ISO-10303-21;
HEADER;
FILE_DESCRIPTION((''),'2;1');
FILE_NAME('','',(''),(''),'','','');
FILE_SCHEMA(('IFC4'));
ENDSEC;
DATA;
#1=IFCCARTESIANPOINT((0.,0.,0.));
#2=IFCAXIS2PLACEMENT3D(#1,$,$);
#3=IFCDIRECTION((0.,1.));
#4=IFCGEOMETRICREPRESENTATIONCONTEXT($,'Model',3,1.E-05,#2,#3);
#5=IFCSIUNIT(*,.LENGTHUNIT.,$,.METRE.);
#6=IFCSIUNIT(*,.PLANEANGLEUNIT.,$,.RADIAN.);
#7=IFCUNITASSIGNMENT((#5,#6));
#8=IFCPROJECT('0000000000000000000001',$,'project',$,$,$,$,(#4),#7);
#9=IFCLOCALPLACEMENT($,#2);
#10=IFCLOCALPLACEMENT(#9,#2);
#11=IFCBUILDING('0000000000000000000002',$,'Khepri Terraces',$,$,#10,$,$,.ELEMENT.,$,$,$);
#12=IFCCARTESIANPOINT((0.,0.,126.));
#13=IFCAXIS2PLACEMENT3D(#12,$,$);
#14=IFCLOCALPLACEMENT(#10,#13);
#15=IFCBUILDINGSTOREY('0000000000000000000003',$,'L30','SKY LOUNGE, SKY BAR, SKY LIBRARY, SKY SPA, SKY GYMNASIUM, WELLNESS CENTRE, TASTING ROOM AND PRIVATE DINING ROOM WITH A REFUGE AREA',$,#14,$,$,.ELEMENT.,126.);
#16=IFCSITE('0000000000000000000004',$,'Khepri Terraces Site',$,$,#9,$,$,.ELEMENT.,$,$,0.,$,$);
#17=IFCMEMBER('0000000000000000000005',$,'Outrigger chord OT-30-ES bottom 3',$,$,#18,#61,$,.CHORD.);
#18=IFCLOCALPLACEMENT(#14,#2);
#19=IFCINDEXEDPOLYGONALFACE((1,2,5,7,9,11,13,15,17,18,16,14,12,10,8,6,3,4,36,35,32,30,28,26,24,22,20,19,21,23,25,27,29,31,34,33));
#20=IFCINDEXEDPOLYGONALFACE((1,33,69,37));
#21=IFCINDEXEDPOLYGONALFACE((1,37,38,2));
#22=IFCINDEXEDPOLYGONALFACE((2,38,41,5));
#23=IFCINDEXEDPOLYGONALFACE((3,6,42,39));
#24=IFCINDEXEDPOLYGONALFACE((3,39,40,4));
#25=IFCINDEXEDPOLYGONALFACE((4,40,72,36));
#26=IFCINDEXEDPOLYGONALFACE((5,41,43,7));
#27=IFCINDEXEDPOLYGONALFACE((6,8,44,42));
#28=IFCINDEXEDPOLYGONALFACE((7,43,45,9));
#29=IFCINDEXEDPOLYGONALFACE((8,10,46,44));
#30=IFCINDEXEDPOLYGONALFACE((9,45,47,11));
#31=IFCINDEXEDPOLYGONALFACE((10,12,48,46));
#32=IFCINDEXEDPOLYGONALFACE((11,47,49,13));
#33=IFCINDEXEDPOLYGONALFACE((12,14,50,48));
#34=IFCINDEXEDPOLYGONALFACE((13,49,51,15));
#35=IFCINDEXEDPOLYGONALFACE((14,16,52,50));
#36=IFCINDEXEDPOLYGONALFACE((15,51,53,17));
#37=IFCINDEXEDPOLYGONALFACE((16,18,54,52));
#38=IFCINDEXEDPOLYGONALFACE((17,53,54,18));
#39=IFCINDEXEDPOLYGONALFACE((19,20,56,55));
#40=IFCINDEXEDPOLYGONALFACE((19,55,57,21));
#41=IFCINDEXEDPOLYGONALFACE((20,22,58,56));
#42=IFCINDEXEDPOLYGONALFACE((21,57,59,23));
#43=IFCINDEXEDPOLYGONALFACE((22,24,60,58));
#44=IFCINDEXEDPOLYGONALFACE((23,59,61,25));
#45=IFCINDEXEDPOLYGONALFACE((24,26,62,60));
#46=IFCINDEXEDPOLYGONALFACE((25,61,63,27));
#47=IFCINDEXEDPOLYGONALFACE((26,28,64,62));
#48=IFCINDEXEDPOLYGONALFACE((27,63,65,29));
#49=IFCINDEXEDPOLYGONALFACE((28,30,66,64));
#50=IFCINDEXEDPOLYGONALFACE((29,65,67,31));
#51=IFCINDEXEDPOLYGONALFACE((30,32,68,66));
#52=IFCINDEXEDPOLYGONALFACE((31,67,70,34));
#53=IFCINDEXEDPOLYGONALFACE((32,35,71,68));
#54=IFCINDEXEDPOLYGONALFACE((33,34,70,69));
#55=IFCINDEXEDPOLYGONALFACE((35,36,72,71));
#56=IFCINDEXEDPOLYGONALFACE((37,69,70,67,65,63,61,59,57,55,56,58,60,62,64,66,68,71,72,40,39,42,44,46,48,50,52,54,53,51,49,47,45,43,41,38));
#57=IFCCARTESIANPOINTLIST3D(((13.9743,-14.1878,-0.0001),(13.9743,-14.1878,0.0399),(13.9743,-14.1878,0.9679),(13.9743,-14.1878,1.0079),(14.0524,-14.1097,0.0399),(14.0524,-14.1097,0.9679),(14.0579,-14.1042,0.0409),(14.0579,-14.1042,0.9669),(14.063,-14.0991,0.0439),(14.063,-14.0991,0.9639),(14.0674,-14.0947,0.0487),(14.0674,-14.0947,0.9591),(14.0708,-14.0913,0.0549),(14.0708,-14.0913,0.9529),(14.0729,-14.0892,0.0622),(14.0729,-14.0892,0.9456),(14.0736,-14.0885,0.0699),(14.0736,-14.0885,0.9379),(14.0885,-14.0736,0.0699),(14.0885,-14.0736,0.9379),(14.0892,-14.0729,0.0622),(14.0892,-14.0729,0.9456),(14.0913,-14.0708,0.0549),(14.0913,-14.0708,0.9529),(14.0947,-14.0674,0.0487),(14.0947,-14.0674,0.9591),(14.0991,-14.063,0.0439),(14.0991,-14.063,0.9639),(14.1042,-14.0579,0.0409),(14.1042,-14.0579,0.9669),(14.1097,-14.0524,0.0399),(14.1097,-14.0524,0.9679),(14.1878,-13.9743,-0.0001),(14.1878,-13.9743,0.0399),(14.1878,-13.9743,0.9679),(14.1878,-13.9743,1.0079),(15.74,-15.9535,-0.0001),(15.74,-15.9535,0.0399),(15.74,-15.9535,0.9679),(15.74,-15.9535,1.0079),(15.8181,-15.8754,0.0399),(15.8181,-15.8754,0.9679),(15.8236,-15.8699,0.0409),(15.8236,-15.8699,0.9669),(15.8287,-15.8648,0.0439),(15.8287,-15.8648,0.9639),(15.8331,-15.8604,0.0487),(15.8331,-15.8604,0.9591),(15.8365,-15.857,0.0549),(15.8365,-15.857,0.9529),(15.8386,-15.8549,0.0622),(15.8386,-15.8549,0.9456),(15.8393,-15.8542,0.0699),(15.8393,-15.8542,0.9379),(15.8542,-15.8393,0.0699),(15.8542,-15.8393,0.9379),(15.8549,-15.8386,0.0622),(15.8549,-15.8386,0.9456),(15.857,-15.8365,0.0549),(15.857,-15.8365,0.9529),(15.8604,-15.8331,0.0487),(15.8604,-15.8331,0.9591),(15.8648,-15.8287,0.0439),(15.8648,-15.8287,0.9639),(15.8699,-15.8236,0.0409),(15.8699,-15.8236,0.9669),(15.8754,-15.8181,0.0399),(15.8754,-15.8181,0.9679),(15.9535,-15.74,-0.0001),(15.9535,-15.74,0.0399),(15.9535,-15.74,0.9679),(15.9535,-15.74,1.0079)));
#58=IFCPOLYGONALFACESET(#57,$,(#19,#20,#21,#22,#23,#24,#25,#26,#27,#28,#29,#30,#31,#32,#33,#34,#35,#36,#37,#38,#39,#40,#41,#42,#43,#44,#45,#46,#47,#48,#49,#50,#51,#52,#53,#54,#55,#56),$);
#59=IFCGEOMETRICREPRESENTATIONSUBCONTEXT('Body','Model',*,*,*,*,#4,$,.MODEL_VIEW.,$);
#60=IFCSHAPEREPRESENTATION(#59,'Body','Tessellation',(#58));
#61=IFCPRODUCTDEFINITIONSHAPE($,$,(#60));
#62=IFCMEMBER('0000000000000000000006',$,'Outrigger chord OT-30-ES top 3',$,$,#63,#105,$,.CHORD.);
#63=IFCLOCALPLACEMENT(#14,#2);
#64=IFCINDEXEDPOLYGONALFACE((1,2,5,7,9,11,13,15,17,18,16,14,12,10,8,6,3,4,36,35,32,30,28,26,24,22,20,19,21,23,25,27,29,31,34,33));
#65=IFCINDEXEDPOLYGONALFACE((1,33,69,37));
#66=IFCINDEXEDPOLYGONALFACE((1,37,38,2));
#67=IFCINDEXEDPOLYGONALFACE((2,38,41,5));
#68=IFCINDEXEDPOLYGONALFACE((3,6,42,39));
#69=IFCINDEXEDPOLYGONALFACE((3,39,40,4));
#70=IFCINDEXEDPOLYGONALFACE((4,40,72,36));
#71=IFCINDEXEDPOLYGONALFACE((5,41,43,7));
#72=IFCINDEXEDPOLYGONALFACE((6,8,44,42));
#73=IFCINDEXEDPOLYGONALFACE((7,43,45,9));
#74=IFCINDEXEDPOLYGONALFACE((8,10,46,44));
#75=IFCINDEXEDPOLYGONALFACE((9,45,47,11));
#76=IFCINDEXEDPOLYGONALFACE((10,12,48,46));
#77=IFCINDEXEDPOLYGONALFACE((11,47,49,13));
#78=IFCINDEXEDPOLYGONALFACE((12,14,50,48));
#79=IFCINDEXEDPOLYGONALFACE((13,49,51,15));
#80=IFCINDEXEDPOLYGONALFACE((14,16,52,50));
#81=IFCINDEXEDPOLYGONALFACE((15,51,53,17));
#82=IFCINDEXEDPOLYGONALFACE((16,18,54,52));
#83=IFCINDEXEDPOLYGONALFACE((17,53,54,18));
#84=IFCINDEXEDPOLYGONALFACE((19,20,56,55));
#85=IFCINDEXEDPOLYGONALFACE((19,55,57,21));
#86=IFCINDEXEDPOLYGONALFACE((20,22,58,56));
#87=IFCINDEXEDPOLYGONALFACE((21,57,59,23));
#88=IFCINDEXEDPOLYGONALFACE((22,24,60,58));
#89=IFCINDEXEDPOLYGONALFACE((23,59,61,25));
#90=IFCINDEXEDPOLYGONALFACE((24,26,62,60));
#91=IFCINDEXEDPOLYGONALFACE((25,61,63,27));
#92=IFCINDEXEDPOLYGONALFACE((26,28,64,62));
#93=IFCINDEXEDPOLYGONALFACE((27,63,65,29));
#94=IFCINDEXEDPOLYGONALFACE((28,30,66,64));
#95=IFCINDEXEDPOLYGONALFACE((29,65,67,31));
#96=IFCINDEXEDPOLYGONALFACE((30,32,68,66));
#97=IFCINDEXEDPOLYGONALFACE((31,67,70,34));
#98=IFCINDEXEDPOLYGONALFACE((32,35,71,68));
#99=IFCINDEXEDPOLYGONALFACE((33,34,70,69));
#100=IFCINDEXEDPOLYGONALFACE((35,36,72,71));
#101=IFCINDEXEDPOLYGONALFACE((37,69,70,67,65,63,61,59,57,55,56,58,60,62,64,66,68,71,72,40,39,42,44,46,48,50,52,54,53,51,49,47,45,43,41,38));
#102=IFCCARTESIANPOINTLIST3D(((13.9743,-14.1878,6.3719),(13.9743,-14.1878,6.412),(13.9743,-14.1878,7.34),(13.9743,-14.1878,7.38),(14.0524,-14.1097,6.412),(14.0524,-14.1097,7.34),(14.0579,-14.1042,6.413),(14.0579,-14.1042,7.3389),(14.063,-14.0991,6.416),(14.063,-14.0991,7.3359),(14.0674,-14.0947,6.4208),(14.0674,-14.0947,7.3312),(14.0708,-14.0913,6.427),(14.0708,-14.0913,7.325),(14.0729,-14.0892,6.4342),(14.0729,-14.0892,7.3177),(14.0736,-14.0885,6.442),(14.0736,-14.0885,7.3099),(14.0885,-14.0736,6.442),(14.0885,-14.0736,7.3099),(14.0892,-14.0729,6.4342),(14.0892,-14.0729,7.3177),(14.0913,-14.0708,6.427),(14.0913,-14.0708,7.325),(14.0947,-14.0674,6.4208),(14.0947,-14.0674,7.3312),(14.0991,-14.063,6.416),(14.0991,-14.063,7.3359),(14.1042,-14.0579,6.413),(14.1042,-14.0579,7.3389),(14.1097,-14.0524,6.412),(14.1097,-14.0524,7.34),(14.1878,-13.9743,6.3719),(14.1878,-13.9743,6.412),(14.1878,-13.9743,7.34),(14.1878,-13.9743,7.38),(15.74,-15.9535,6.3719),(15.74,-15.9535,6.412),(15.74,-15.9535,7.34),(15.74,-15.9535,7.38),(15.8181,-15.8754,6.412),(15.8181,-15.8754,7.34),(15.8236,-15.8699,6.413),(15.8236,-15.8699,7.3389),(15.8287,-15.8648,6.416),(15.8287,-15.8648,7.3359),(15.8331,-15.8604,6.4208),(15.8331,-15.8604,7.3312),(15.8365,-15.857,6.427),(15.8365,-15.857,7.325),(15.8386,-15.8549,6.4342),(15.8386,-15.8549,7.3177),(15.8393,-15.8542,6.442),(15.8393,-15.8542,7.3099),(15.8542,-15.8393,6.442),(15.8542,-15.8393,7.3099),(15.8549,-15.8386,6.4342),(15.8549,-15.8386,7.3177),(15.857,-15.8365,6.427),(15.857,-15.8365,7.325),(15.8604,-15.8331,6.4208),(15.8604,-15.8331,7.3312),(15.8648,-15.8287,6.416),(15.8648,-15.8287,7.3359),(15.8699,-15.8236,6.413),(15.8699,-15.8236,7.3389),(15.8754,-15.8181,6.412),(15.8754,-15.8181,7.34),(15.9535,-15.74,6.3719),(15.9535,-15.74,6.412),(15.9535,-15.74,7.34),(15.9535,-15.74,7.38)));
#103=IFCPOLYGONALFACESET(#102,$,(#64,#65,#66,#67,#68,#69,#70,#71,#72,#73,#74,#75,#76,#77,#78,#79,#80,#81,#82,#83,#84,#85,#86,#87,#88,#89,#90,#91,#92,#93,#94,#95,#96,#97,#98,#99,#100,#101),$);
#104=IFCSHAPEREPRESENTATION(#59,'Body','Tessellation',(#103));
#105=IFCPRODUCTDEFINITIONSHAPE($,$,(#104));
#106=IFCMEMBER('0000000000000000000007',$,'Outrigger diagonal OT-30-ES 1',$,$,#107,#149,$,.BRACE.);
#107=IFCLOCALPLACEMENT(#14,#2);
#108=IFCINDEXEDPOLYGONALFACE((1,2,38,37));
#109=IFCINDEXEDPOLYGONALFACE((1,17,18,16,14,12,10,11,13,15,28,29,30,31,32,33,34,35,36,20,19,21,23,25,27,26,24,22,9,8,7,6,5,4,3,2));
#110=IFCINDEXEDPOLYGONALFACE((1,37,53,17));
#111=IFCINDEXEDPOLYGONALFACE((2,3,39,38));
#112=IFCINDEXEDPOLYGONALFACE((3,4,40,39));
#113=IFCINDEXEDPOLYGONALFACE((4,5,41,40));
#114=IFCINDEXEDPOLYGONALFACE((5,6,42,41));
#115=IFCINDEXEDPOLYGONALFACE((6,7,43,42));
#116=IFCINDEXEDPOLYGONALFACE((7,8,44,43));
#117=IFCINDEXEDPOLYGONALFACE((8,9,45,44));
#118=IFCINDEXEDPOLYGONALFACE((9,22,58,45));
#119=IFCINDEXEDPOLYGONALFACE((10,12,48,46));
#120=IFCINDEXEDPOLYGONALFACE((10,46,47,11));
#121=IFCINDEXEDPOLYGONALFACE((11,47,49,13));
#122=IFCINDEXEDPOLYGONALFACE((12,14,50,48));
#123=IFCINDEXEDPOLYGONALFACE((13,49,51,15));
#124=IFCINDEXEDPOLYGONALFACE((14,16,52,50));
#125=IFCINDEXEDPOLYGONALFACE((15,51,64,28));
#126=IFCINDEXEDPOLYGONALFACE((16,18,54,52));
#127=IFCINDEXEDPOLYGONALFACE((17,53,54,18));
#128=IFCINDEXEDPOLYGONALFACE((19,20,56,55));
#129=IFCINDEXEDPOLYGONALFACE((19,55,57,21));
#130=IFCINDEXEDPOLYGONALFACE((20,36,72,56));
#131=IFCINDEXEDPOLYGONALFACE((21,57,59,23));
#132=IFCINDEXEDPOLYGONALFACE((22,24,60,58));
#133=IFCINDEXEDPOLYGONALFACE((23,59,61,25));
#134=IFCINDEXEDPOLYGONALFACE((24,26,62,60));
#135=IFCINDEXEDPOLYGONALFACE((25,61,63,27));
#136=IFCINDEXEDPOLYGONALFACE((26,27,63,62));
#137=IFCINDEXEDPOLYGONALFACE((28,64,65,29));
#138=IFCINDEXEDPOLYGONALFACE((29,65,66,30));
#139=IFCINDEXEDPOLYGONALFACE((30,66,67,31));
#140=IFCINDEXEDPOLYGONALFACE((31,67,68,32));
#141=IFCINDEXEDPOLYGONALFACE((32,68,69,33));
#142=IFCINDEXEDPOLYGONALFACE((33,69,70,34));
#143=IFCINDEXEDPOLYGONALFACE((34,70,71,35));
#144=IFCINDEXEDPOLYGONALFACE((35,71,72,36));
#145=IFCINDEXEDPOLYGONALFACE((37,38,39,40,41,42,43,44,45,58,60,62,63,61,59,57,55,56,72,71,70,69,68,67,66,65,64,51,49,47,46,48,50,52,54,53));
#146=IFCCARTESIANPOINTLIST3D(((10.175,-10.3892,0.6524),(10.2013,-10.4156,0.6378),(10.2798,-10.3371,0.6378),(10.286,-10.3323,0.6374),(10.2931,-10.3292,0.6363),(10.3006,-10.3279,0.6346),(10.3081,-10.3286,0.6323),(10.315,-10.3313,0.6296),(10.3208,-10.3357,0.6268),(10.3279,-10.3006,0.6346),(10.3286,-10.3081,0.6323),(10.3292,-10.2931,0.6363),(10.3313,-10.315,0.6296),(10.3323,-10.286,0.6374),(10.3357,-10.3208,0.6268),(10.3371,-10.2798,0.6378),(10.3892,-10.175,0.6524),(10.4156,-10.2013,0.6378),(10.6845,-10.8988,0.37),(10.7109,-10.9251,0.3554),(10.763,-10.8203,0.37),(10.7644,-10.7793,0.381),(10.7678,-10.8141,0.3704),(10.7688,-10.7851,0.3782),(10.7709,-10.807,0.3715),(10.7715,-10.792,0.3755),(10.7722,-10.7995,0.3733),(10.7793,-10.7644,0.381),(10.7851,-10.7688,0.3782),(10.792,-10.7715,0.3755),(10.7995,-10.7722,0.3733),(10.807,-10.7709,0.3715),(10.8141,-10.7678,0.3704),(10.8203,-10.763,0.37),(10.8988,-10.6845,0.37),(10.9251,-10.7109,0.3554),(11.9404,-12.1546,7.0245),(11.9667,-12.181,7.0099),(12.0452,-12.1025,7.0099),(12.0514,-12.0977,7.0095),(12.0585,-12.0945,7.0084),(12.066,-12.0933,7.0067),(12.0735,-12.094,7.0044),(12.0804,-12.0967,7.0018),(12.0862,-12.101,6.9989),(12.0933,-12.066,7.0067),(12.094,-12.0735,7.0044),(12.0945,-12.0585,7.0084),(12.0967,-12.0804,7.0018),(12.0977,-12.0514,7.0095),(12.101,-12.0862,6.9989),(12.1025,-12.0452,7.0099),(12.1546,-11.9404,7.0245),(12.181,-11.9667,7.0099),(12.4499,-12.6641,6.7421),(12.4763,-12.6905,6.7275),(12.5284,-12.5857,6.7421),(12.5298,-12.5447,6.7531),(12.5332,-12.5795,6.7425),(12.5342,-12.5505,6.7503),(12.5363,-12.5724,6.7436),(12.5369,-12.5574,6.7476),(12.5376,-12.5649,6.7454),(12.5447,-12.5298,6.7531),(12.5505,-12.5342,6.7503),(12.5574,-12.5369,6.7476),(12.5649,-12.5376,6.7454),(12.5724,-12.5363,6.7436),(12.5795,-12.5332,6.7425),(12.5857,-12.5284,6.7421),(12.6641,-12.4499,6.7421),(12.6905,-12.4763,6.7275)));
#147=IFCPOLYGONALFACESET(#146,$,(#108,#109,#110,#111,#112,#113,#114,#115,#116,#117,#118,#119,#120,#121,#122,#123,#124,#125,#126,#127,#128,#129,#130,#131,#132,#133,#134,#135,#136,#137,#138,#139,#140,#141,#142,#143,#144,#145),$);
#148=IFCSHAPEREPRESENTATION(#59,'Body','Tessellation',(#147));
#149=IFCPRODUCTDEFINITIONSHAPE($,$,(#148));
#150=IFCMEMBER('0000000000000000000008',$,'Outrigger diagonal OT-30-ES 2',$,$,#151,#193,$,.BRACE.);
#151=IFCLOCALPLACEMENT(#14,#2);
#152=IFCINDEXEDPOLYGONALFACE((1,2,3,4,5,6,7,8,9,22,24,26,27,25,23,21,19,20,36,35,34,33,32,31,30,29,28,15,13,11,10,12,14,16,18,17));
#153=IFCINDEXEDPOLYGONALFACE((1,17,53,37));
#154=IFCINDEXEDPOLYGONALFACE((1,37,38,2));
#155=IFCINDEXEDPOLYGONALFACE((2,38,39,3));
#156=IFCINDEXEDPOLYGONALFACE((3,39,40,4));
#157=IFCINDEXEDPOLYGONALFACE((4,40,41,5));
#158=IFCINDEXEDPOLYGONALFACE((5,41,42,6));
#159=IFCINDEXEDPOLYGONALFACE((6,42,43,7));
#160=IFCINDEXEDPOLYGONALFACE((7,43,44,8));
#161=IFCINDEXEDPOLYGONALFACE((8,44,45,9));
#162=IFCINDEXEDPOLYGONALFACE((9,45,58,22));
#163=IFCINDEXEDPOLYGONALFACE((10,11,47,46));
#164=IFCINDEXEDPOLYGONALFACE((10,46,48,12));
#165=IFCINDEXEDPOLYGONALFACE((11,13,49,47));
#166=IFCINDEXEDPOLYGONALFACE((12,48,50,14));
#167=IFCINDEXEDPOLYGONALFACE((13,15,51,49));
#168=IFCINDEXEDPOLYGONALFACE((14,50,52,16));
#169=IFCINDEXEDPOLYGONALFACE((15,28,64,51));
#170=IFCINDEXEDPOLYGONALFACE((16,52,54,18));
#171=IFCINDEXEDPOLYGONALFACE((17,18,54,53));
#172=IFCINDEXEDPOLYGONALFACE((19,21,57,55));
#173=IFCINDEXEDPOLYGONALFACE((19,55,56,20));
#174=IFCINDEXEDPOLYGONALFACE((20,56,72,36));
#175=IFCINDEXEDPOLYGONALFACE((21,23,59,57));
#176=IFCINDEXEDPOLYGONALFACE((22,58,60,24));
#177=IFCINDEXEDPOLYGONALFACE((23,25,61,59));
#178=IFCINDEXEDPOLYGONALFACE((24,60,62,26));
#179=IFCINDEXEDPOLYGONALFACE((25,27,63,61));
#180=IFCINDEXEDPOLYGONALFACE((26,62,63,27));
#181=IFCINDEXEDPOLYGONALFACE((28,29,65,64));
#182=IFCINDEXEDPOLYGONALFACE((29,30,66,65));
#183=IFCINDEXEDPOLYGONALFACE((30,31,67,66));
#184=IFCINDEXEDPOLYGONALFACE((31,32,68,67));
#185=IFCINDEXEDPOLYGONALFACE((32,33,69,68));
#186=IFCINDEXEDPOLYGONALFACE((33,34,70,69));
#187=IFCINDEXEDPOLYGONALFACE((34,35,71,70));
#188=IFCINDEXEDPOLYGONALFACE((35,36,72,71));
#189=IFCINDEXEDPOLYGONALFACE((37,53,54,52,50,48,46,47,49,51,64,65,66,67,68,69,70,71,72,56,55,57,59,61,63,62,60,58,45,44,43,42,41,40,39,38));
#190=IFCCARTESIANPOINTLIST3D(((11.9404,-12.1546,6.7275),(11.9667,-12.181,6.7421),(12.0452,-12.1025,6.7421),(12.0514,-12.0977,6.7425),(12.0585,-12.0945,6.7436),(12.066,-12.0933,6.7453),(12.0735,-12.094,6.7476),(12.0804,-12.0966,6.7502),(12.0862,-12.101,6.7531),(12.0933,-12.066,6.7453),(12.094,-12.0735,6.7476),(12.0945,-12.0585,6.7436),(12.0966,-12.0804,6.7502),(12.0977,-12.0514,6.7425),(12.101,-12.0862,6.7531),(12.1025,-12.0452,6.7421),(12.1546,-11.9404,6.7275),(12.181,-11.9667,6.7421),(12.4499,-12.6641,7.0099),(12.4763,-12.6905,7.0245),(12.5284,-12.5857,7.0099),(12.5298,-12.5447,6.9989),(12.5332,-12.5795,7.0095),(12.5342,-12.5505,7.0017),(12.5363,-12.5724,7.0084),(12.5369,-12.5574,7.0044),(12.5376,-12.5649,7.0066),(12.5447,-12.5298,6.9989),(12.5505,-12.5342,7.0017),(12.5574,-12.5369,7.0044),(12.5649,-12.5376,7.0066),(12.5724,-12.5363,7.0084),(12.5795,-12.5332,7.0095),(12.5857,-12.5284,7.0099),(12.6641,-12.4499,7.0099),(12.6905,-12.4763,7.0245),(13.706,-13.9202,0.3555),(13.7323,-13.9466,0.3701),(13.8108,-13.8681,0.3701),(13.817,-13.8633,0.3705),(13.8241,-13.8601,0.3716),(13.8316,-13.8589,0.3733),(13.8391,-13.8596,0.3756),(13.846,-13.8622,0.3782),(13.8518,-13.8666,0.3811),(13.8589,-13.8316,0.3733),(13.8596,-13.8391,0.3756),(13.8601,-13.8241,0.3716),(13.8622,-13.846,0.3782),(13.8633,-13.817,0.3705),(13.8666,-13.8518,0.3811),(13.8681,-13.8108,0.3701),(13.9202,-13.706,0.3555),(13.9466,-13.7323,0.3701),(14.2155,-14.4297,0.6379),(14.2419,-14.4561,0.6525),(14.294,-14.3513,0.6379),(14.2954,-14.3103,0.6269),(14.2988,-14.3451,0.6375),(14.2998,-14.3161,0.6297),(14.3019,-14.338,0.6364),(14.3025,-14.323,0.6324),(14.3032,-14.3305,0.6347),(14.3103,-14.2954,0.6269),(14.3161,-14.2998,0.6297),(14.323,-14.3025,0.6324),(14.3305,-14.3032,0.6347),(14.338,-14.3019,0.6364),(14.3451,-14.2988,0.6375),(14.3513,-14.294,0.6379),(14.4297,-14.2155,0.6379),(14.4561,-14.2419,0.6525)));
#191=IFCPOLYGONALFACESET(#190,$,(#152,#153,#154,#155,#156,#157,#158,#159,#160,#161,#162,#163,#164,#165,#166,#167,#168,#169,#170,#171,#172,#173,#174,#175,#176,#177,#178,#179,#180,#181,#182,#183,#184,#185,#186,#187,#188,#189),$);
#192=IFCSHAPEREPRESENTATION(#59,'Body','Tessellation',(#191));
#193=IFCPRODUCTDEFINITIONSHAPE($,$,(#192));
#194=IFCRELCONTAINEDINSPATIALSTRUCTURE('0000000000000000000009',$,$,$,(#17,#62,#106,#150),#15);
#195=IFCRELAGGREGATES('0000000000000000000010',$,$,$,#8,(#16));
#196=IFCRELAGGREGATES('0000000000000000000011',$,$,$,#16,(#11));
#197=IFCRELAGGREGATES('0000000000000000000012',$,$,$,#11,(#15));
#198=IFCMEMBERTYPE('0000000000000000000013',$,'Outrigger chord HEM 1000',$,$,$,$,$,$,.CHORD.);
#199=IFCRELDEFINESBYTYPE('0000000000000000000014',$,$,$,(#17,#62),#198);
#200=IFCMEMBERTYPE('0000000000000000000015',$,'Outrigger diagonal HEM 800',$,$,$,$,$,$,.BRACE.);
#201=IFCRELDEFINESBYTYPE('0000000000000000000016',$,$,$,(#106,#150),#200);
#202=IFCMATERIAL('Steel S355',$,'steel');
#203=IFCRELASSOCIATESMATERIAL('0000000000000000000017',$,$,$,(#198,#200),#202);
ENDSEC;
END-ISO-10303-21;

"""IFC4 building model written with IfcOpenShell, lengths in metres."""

from ifc_helpers import new_model, si_unit, direction, frame, origin, origin_2d, place, context, subcontext, project, spatial, i_section, extrude, material, material_profile, profile_set, type_object, element, save


model = new_model("IFC4")

# Units and contexts
model_context = context("Model", 3, precision=1e-05, world=origin(), true_north=direction((0.0, 1.0)))
body_context = subcontext(model_context, "Body", "Model", "MODEL_VIEW")
ifc_project = project(units=[si_unit("LENGTHUNIT", "METRE"), si_unit("PLANEANGLEUNIT", "RADIAN")], contexts=[model_context])

# Site, building, storey
site_placement = place(None, origin())
site = spatial("IfcSite", under=ifc_project, at=site_placement, Name="Khepri Terraces Site", CompositionType="ELEMENT", RefElevation=0.0)
building_placement = place(site_placement, origin())
building = spatial("IfcBuilding", under=site, at=building_placement, Name="Khepri Terraces", CompositionType="ELEMENT")
storey_placement = place(building_placement, frame((0.0, 0.0, 126.0)))
storey = spatial("IfcBuildingStorey", under=building, at=storey_placement, Name="L30", Description="SKY LOUNGE, SKY BAR, SKY LIBRARY, SKY SPA, SKY GYMNASIUM, WELLNESS CENTRE, TASTING ROOM AND PRIVATE DINING ROOM WITH A REFUGE AREA", CompositionType="ELEMENT", Elevation=126.0)

# Members
ifc_material_1 = material(Name="Steel S355", Category="steel")
ifc_material_profile_1 = material_profile(ifc_material_1, i_section(OverallWidth=0.302, OverallDepth=1.0081, WebThickness=0.021, FlangeThickness=0.04, FilletRadius=0.03, at=origin_2d()), Name="Steel S355", Category="steel")
ifc_profile_set_1 = profile_set([ifc_material_profile_1], Name="Steel S355")
member_type_1 = type_object("IfcMemberType", Name="Outrigger chord HEM 1000", PredefinedType="CHORD", material=ifc_profile_set_1)
for number, where, z_axis, x_axis, name in (
    (1, (14.0811, -14.0811, 0.5039), (0.707107, -0.707107, 0.0), (0.707107, 0.707107, 0.0), "Outrigger chord OT-30-ES bottom 3"),
    (2, (14.0811, -14.0811, 6.876), (0.707107, -0.707107, 0.0), (0.707107, 0.707107, 0.0), "Outrigger chord OT-30-ES top 3"),
):
    element("IfcMember", number, at=place(storey_placement, frame(where, z_axis=z_axis, x_axis=x_axis)), inside=storey, type_object=member_type_1, Name=name, PredefinedType="CHORD", context=body_context, shape_type="SweptSolid", body=[
        extrude(i_section(OverallWidth=0.302, OverallDepth=1.0081, WebThickness=0.021, FlangeThickness=0.04, FilletRadius=0.03, at=origin_2d()), origin(), (0.0, 0.0, 1.0), 2.4971),
    ])
ifc_material_profile_2 = material_profile(ifc_material_1, i_section(OverallWidth=0.303, OverallDepth=0.814, WebThickness=0.021, FlangeThickness=0.04, FilletRadius=0.03, at=origin_2d()), Name="Steel S355", Category="steel")
ifc_profile_set_2 = profile_set([ifc_material_profile_2], Name="Steel S355")
member_type_2 = type_object("IfcMemberType", Name="Outrigger diagonal HEM 800", PredefinedType="BRACE", material=ifc_profile_set_2)
for number, where, z_axis, x_axis, name in (
    (3, (10.55, -10.55, 0.5039), (0.257957, -0.257957, 0.931084), (0.707107, 0.707107, 0.0), "Outrigger diagonal OT-30-ES 1"),
    (4, (12.3154, -12.3154, 6.876), (0.257987, -0.257987, -0.931067), (0.707107, 0.707107, 0.0), "Outrigger diagonal OT-30-ES 2"),
):
    element("IfcMember", number, at=place(storey_placement, frame(where, z_axis=z_axis, x_axis=x_axis)), inside=storey, type_object=member_type_2, Name=name, PredefinedType="BRACE", context=body_context, shape_type="SweptSolid", body=[
        extrude(i_section(OverallWidth=0.303, OverallDepth=0.814, WebThickness=0.021, FlangeThickness=0.04, FilletRadius=0.03, at=origin_2d()), origin(), (0.0, 0.0, 1.0), 6.8438),
    ])

save(model, "model.ifc")
